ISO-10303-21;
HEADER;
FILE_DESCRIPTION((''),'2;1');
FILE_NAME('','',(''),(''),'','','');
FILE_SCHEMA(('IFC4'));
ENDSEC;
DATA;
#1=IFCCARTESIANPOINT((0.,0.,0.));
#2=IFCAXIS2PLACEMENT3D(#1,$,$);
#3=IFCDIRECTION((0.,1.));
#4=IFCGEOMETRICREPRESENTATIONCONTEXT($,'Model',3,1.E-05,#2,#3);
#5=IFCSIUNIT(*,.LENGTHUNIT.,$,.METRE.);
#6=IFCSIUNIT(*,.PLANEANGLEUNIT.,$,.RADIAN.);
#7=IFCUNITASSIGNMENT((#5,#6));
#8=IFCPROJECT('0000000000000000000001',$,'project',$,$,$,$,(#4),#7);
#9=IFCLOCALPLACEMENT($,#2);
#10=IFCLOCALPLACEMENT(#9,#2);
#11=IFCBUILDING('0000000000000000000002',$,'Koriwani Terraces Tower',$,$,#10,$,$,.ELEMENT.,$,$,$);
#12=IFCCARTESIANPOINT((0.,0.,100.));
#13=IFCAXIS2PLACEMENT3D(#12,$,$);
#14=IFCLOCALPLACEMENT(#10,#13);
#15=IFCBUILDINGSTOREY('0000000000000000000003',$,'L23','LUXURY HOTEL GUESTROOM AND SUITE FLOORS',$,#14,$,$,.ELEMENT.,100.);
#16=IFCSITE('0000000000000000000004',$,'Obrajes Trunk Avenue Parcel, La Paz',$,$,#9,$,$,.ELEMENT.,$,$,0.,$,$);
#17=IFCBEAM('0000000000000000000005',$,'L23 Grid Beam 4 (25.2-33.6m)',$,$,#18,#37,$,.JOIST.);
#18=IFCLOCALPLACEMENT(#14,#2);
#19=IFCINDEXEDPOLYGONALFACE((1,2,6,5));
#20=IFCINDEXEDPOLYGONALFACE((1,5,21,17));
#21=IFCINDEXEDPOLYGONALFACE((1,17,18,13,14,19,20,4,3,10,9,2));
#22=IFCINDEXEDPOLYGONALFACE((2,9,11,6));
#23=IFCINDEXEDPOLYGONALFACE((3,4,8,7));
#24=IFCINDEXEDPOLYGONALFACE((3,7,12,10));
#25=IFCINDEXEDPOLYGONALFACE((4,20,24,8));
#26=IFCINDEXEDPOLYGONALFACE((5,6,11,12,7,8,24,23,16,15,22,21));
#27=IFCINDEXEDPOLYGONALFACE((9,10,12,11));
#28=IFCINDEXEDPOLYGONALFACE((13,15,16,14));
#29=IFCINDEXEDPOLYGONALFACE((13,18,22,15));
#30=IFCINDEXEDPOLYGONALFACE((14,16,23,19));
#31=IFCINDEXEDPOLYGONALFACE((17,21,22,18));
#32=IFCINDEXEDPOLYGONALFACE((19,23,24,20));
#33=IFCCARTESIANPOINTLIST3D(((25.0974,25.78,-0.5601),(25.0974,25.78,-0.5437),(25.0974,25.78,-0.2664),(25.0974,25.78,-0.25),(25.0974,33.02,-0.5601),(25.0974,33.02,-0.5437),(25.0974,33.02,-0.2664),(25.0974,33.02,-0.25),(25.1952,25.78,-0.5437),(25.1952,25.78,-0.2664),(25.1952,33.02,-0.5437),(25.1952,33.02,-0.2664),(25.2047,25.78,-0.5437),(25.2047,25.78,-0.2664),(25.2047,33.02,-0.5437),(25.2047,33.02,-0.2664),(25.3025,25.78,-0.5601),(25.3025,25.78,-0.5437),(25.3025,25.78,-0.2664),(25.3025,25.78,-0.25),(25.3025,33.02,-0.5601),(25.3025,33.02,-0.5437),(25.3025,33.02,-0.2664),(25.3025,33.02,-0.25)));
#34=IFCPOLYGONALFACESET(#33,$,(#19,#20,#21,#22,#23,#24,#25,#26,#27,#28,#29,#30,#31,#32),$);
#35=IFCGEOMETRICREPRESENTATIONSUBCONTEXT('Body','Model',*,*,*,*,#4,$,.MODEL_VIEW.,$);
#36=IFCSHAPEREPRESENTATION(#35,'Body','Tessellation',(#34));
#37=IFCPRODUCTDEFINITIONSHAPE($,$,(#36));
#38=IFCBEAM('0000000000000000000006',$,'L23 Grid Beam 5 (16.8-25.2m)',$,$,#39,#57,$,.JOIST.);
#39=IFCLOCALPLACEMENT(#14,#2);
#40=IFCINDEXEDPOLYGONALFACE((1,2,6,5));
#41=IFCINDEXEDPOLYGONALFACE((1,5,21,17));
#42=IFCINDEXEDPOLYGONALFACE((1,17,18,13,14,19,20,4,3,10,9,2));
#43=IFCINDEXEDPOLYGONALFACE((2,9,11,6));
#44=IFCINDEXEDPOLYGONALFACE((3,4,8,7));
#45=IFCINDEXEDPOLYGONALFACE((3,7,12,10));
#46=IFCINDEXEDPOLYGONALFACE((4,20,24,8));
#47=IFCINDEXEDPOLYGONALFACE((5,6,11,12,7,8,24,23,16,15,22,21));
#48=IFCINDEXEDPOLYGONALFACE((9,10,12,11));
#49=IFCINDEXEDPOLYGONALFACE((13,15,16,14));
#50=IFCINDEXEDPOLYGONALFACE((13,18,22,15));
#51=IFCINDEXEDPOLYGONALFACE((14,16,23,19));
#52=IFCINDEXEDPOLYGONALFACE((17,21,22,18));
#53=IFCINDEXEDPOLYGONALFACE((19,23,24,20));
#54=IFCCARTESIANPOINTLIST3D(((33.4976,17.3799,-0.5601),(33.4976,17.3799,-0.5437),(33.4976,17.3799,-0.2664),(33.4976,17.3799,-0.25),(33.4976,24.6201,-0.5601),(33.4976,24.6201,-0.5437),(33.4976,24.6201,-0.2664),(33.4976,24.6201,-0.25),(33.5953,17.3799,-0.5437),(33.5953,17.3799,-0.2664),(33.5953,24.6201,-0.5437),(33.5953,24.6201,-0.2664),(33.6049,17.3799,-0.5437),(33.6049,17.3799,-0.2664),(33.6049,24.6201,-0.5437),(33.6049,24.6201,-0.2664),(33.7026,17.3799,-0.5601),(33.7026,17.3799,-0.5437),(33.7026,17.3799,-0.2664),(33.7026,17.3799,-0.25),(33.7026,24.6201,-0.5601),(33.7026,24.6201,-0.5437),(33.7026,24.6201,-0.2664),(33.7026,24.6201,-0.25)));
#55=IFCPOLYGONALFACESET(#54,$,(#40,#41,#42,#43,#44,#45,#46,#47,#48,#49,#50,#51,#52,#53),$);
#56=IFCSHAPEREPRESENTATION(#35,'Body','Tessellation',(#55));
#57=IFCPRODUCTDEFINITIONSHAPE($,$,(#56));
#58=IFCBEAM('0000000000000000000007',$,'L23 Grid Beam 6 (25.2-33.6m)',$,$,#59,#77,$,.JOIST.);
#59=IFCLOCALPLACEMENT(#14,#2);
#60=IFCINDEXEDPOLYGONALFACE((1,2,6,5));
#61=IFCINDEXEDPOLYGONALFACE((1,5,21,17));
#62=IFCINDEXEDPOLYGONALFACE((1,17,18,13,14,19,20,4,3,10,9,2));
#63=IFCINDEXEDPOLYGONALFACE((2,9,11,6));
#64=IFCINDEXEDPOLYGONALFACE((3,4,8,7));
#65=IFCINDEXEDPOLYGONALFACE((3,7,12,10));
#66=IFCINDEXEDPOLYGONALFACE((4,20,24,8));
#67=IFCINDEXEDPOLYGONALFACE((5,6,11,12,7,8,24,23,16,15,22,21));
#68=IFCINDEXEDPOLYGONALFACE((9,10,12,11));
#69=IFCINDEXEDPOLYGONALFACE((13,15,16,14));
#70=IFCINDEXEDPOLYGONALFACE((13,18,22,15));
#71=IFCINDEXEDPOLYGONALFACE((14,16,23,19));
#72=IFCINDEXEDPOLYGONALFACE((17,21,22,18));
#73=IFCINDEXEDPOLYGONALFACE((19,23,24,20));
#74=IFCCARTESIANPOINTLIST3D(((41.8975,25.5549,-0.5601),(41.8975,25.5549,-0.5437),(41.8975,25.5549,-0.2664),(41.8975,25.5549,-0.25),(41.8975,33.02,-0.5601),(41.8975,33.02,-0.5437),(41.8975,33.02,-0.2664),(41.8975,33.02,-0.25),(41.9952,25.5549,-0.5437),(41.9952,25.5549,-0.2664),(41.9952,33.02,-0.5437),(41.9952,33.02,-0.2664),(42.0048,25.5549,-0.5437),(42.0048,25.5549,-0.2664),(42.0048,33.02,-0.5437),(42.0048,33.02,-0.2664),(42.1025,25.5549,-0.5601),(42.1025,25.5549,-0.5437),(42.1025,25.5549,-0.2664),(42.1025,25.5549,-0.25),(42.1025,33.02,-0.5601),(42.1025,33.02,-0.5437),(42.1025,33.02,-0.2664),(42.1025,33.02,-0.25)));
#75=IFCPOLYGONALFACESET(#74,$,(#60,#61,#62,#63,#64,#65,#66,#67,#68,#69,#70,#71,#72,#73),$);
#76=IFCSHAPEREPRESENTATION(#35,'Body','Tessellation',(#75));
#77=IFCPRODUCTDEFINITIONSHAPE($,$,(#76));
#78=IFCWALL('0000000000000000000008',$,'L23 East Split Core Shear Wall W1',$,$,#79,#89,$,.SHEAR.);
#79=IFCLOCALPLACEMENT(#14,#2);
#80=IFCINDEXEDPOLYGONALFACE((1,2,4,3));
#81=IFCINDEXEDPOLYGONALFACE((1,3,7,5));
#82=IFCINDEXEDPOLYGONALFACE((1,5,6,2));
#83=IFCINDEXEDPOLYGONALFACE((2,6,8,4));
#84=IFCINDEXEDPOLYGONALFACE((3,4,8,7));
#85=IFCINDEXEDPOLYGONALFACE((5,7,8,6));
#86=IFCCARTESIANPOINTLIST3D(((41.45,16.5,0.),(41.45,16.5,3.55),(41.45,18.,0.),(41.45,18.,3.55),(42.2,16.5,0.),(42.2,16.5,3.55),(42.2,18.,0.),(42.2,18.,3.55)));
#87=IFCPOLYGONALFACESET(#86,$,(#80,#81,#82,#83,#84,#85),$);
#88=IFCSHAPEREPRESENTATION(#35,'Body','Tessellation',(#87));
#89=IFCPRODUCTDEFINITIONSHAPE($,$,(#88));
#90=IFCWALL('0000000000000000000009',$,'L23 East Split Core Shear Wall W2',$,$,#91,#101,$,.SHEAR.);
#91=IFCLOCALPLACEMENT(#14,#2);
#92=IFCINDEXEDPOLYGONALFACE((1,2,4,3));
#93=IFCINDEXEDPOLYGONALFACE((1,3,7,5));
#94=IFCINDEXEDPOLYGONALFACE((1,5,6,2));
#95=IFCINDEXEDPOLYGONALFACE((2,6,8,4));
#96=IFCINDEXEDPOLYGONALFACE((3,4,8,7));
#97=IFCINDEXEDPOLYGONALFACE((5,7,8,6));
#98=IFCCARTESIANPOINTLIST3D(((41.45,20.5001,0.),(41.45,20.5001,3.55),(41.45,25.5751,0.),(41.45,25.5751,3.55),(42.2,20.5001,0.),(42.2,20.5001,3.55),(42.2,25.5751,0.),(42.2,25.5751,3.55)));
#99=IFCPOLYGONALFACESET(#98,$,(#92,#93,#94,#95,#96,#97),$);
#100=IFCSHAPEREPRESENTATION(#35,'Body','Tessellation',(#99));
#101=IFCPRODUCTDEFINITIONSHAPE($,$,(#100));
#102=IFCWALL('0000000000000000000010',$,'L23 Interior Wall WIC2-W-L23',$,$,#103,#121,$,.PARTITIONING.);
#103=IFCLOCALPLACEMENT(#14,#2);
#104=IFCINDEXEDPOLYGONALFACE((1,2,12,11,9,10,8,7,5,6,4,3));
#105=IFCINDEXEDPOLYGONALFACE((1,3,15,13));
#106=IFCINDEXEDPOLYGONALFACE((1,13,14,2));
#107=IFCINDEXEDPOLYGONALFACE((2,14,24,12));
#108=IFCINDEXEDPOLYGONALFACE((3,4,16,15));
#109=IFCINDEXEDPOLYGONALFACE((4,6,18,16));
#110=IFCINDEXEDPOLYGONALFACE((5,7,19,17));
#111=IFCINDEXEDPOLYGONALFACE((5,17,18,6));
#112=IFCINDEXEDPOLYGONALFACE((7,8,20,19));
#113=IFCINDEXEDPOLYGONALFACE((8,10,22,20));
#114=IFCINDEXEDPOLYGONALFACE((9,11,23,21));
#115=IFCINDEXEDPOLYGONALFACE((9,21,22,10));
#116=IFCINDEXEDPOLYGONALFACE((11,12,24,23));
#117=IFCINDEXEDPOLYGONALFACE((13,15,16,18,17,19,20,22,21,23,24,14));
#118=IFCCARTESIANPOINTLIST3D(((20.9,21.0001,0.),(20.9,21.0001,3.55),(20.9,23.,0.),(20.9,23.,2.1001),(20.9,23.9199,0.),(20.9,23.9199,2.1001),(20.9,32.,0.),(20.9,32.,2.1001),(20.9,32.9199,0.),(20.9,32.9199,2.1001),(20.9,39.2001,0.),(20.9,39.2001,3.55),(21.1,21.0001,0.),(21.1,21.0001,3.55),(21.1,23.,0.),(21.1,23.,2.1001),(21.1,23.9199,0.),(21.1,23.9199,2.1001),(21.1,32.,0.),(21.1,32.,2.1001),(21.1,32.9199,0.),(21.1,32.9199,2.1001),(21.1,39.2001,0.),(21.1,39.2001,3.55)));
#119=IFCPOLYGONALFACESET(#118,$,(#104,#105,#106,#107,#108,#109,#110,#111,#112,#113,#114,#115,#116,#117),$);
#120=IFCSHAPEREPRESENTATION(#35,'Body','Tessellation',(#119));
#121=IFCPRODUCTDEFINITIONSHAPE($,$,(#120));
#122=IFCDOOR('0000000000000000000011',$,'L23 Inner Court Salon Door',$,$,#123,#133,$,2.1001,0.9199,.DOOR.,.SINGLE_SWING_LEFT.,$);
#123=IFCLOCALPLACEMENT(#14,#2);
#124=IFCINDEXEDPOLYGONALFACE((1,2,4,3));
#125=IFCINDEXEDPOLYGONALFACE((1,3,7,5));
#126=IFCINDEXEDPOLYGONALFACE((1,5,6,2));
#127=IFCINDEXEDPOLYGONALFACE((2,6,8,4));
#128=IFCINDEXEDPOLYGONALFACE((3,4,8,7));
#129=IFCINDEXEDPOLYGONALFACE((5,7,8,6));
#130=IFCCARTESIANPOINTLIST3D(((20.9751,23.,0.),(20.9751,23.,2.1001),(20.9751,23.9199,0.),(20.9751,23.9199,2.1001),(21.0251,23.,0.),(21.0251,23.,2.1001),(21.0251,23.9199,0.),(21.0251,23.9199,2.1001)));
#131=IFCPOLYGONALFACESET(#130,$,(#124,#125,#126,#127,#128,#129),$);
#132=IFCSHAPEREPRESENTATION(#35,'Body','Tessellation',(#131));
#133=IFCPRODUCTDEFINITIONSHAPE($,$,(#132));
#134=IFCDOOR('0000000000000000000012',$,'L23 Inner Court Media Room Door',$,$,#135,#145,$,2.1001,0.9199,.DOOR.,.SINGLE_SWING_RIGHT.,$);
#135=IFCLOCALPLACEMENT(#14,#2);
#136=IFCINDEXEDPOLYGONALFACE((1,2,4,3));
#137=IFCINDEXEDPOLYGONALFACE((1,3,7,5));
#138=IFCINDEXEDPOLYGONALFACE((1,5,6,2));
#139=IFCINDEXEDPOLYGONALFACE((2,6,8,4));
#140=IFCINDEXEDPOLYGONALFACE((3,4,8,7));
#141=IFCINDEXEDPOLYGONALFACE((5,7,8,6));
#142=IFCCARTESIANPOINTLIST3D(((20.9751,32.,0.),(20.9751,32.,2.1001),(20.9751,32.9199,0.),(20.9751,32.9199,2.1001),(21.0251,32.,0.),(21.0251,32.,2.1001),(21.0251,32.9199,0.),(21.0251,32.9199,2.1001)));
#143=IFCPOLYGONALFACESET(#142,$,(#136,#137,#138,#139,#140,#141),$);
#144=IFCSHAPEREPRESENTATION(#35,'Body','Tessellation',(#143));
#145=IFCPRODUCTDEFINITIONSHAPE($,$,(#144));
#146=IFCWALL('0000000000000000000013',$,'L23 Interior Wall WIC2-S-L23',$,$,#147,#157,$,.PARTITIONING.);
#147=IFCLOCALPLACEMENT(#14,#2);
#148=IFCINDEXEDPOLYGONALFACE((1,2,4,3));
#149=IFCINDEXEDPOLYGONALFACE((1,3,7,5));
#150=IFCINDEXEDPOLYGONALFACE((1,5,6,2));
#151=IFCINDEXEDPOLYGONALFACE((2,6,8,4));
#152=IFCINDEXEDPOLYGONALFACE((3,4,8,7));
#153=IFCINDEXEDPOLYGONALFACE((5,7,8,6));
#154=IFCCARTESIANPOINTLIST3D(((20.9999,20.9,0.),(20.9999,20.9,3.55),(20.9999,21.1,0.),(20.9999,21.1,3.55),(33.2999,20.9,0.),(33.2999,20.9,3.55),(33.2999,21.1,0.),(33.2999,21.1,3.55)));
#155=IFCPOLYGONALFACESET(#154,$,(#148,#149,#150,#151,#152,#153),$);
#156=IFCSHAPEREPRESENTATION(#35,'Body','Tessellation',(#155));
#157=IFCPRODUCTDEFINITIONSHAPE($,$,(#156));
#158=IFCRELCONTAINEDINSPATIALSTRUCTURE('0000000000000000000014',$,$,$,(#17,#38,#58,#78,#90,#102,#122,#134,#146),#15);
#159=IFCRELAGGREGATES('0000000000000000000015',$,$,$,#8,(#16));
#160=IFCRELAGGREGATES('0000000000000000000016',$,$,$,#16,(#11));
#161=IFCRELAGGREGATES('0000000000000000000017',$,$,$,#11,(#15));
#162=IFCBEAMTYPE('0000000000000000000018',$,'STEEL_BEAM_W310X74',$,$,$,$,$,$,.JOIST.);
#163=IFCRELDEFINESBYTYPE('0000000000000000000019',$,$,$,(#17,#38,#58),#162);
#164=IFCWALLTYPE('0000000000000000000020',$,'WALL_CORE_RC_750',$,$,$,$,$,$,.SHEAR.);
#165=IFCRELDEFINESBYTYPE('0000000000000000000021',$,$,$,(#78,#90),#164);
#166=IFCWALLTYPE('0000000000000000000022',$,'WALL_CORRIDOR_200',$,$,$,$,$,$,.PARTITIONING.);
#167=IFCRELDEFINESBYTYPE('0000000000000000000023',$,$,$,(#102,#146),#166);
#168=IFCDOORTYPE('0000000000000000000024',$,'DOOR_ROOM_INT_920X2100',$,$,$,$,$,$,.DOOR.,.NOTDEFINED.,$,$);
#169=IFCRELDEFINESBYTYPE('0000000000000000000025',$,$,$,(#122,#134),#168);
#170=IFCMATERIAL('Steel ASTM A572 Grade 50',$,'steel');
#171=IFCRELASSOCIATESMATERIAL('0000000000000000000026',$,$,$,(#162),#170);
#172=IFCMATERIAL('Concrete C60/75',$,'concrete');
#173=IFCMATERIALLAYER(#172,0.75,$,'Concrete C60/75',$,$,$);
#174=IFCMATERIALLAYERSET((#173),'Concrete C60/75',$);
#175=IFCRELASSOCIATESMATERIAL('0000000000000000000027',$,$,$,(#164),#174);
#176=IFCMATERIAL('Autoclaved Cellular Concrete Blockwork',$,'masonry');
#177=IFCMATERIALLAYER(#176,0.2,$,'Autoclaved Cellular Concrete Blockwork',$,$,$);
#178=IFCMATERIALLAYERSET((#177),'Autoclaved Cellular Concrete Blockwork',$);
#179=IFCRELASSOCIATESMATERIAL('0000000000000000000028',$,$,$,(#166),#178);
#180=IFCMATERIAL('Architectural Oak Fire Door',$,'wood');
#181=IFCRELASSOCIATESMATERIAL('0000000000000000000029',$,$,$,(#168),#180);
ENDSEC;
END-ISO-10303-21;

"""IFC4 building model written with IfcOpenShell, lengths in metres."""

from ifc_helpers import new_model, si_unit, direction, frame, frame_2d, origin, origin_2d, place, context, subcontext, project, spatial, rectangle, i_section, extrude, material, layer, layer_set, material_profile, profile_set, type_object, element, fill, save


model = new_model("IFC4")

# Units and contexts
model_context = context("Model", 3, precision=1e-05, world=origin(), true_north=direction((0.0, 1.0)))
body_context = subcontext(model_context, "Body", "Model", "MODEL_VIEW")
ifc_project = project(units=[si_unit("LENGTHUNIT", "METRE"), si_unit("PLANEANGLEUNIT", "RADIAN")], contexts=[model_context])

# Site, building, storey
site_placement = place(None, origin())
site = spatial("IfcSite", under=ifc_project, at=site_placement, Name="Obrajes Trunk Avenue Parcel, La Paz", CompositionType="ELEMENT", RefElevation=0.0)
building_placement = place(site_placement, origin())
building = spatial("IfcBuilding", under=site, at=building_placement, Name="Koriwani Terraces Tower", CompositionType="ELEMENT")
storey_placement = place(building_placement, frame((0.0, 0.0, 100.0)))
storey = spatial("IfcBuildingStorey", under=building, at=storey_placement, Name="L23", Description="LUXURY HOTEL GUESTROOM AND SUITE FLOORS", CompositionType="ELEMENT", Elevation=100.0)

# Shared definitions
ifc_material_1 = material(Name="Concrete C60/75", Category="concrete")

# Beams
ifc_material_2 = material(Name="Steel ASTM A572 Grade 50", Category="steel")
ifc_material_profile_1 = material_profile(ifc_material_2, i_section(OverallWidth=0.2051, OverallDepth=0.3101, WebThickness=0.0095, FlangeThickness=0.0164, at=origin_2d()), Name="Steel ASTM A572 Grade 50", Category="LoadBearing")
ifc_profile_set_1 = profile_set([ifc_material_profile_1], Name="Steel ASTM A572 Grade 50")
beam_type_1 = type_object("IfcBeamType", Name="STEEL_BEAM_W310X74", PredefinedType="JOIST", material=ifc_profile_set_1)
beam_1_placement = place(storey_placement, frame((25.2, 25.78, -0.405), z_axis=(0.0, 1.0, 0.0), x_axis=(-1.0, 0.0, 0.0)))
element("IfcBeam", 1, at=beam_1_placement, inside=storey, type_object=beam_type_1, Name="L23 Grid Beam 4 (25.2-33.6m)", PredefinedType="JOIST", context=body_context, shape_type="SweptSolid", body=[
    extrude(i_section(OverallWidth=0.2051, OverallDepth=0.3101, WebThickness=0.0095, FlangeThickness=0.0164, at=origin_2d()), origin(), (0.0, 0.0, 1.0), 7.24),
])
beam_2_placement = place(storey_placement, frame((33.6001, 17.3799, -0.405), z_axis=(0.0, 1.0, 0.0), x_axis=(-1.0, 0.0, 0.0)))
element("IfcBeam", 2, at=beam_2_placement, inside=storey, type_object=beam_type_1, Name="L23 Grid Beam 5 (16.8-25.2m)", PredefinedType="JOIST", context=body_context, shape_type="SweptSolid", body=[
    extrude(i_section(OverallWidth=0.2051, OverallDepth=0.3101, WebThickness=0.0095, FlangeThickness=0.0164, at=origin_2d()), origin(), (0.0, 0.0, 1.0), 7.2402),
])
beam_3_placement = place(storey_placement, frame((42.0, 25.5549, -0.405), z_axis=(0.0, 1.0, 0.0), x_axis=(-1.0, 0.0, 0.0)))
element("IfcBeam", 3, at=beam_3_placement, inside=storey, type_object=beam_type_1, Name="L23 Grid Beam 6 (25.2-33.6m)", PredefinedType="JOIST", context=body_context, shape_type="SweptSolid", body=[
    extrude(i_section(OverallWidth=0.2051, OverallDepth=0.3101, WebThickness=0.0095, FlangeThickness=0.0164, at=origin_2d()), origin(), (0.0, 0.0, 1.0), 7.4651),
])

# Walls
ifc_layer_1 = layer(ifc_material_1, 0.75, Name="Concrete C60/75")
ifc_layer_set_1 = layer_set([ifc_layer_1], Name="Concrete C60/75")
wall_type_1 = type_object("IfcWallType", Name="WALL_CORE_RC_750", PredefinedType="SHEAR", material=ifc_layer_set_1)
wall_1_placement = place(storey_placement, frame((41.825, 16.5, 0.0), z_axis=(0.0, 0.0, 1.0), x_axis=(0.0, 1.0, 0.0)))
element("IfcWall", 4, at=wall_1_placement, inside=storey, type_object=wall_type_1, Name="L23 East Split Core Shear Wall W1", PredefinedType="SHEAR", context=body_context, shape_type="SweptSolid", body=[
    extrude(rectangle(XDim=1.5, YDim=0.75, at=frame_2d((0.75, 0.0))), origin(), (0.0, 0.0, 1.0), 3.55),
])
wall_2_placement = place(storey_placement, frame((41.825, 20.5, 0.0), z_axis=(0.0, 0.0, 1.0), x_axis=(0.0, 1.0, 0.0)))
element("IfcWall", 5, at=wall_2_placement, inside=storey, type_object=wall_type_1, Name="L23 East Split Core Shear Wall W2", PredefinedType="SHEAR", context=body_context, shape_type="SweptSolid", body=[
    extrude(rectangle(XDim=5.075, YDim=0.75, at=frame_2d((2.5376, 0.0))), origin(), (0.0, 0.0, 1.0), 3.55),
])

# Wall, openings, doors
ifc_material_3 = material(Name="Autoclaved Cellular Concrete Blockwork", Category="masonry")
ifc_layer_2 = layer(ifc_material_3, 0.2, Name="Autoclaved Cellular Concrete Blockwork")
ifc_layer_set_2 = layer_set([ifc_layer_2], Name="Autoclaved Cellular Concrete Blockwork")
wall_type_2 = type_object("IfcWallType", Name="WALL_CORRIDOR_200", PredefinedType="PARTITIONING", material=ifc_layer_set_2)
wall_3_placement = place(storey_placement, frame((21.0, 21.0, 0.0), z_axis=(0.0, 0.0, 1.0), x_axis=(0.0, 1.0, 0.0)))
wall_3 = element("IfcWall", 6, at=wall_3_placement, inside=storey, type_object=wall_type_2, Name="L23 Interior Wall WIC2-W-L23", PredefinedType="PARTITIONING", context=body_context, shape_type="SweptSolid", body=[
    extrude(rectangle(XDim=18.2, YDim=0.2, at=frame_2d((9.1001, 0.0))), origin(), (0.0, 0.0, 1.0), 3.55),
])
opening_1_placement = place(wall_3_placement, frame((2.0, 0.0, 0.0)))
opening_1 = element("IfcOpeningElement", 7, at=opening_1_placement, cuts=wall_3, PredefinedType="OPENING", context=body_context, shape_type="SweptSolid", body=[
    extrude(rectangle(XDim=0.9199, YDim=2.1001, at=frame_2d((0.46, 1.05))), frame((0.0, 0.1099, 0.0), z_axis=(0.0, -1.0, 0.0), x_axis=(1.0, 0.0, 0.0)), (0.0, 0.0, 1.0), 0.22),
])
opening_2_placement = place(wall_3_placement, frame((11.0, 0.0, 0.0)))
opening_2 = element("IfcOpeningElement", 8, at=opening_2_placement, cuts=wall_3, PredefinedType="OPENING", context=body_context, shape_type="SweptSolid", body=[
    extrude(rectangle(XDim=0.9199, YDim=2.1001, at=frame_2d((0.46, 1.05))), frame((0.0, 0.1099, 0.0), z_axis=(0.0, -1.0, 0.0), x_axis=(1.0, 0.0, 0.0)), (0.0, 0.0, 1.0), 0.22),
])
ifc_material_4 = material(Name="Architectural Oak Fire Door", Category="wood")
door_type_1 = type_object("IfcDoorType", Name="DOOR_ROOM_INT_920X2100", OperationType="NOTDEFINED", PredefinedType="DOOR", material=ifc_material_4)
door_1_placement = place(opening_1_placement, origin())
door_1 = element("IfcDoor", 9, at=door_1_placement, inside=storey, type_object=door_type_1, Name="L23 Inner Court Salon Door", OperationType="SINGLE_SWING_LEFT", OverallHeight=2.1001, OverallWidth=0.9199, PredefinedType="DOOR", context=body_context, shape_type="SweptSolid", body=[
    extrude(rectangle(XDim=0.9199, YDim=2.1001, at=frame_2d((0.46, 1.05))), frame((0.0, 0.0249, 0.0), z_axis=(0.0, -1.0, 0.0), x_axis=(1.0, 0.0, 0.0)), (0.0, 0.0, 1.0), 0.05),
])
fill(opening_1, door_1)
door_2_placement = place(opening_2_placement, origin())
door_2 = element("IfcDoor", 10, at=door_2_placement, inside=storey, type_object=door_type_1, Name="L23 Inner Court Media Room Door", OperationType="SINGLE_SWING_RIGHT", OverallHeight=2.1001, OverallWidth=0.9199, PredefinedType="DOOR", context=body_context, shape_type="SweptSolid", body=[
    extrude(rectangle(XDim=0.9199, YDim=2.1001, at=frame_2d((0.46, 1.05))), frame((0.0, 0.0249, 0.0), z_axis=(0.0, -1.0, 0.0), x_axis=(1.0, 0.0, 0.0)), (0.0, 0.0, 1.0), 0.05),
])
fill(opening_2, door_2)

# Wall
wall_4_placement = place(storey_placement, frame((21.0, 21.0, 0.0), z_axis=(0.0, 0.0, 1.0), x_axis=(1.0, 0.0, 0.0)))
element("IfcWall", 11, at=wall_4_placement, inside=storey, type_object=wall_type_2, Name="L23 Interior Wall WIC2-S-L23", PredefinedType="PARTITIONING", context=body_context, shape_type="SweptSolid", body=[
    extrude(rectangle(XDim=12.3, YDim=0.2, at=frame_2d((6.1499, 0.0))), origin(), (0.0, 0.0, 1.0), 3.55),
])

save(model, "model.ifc")
